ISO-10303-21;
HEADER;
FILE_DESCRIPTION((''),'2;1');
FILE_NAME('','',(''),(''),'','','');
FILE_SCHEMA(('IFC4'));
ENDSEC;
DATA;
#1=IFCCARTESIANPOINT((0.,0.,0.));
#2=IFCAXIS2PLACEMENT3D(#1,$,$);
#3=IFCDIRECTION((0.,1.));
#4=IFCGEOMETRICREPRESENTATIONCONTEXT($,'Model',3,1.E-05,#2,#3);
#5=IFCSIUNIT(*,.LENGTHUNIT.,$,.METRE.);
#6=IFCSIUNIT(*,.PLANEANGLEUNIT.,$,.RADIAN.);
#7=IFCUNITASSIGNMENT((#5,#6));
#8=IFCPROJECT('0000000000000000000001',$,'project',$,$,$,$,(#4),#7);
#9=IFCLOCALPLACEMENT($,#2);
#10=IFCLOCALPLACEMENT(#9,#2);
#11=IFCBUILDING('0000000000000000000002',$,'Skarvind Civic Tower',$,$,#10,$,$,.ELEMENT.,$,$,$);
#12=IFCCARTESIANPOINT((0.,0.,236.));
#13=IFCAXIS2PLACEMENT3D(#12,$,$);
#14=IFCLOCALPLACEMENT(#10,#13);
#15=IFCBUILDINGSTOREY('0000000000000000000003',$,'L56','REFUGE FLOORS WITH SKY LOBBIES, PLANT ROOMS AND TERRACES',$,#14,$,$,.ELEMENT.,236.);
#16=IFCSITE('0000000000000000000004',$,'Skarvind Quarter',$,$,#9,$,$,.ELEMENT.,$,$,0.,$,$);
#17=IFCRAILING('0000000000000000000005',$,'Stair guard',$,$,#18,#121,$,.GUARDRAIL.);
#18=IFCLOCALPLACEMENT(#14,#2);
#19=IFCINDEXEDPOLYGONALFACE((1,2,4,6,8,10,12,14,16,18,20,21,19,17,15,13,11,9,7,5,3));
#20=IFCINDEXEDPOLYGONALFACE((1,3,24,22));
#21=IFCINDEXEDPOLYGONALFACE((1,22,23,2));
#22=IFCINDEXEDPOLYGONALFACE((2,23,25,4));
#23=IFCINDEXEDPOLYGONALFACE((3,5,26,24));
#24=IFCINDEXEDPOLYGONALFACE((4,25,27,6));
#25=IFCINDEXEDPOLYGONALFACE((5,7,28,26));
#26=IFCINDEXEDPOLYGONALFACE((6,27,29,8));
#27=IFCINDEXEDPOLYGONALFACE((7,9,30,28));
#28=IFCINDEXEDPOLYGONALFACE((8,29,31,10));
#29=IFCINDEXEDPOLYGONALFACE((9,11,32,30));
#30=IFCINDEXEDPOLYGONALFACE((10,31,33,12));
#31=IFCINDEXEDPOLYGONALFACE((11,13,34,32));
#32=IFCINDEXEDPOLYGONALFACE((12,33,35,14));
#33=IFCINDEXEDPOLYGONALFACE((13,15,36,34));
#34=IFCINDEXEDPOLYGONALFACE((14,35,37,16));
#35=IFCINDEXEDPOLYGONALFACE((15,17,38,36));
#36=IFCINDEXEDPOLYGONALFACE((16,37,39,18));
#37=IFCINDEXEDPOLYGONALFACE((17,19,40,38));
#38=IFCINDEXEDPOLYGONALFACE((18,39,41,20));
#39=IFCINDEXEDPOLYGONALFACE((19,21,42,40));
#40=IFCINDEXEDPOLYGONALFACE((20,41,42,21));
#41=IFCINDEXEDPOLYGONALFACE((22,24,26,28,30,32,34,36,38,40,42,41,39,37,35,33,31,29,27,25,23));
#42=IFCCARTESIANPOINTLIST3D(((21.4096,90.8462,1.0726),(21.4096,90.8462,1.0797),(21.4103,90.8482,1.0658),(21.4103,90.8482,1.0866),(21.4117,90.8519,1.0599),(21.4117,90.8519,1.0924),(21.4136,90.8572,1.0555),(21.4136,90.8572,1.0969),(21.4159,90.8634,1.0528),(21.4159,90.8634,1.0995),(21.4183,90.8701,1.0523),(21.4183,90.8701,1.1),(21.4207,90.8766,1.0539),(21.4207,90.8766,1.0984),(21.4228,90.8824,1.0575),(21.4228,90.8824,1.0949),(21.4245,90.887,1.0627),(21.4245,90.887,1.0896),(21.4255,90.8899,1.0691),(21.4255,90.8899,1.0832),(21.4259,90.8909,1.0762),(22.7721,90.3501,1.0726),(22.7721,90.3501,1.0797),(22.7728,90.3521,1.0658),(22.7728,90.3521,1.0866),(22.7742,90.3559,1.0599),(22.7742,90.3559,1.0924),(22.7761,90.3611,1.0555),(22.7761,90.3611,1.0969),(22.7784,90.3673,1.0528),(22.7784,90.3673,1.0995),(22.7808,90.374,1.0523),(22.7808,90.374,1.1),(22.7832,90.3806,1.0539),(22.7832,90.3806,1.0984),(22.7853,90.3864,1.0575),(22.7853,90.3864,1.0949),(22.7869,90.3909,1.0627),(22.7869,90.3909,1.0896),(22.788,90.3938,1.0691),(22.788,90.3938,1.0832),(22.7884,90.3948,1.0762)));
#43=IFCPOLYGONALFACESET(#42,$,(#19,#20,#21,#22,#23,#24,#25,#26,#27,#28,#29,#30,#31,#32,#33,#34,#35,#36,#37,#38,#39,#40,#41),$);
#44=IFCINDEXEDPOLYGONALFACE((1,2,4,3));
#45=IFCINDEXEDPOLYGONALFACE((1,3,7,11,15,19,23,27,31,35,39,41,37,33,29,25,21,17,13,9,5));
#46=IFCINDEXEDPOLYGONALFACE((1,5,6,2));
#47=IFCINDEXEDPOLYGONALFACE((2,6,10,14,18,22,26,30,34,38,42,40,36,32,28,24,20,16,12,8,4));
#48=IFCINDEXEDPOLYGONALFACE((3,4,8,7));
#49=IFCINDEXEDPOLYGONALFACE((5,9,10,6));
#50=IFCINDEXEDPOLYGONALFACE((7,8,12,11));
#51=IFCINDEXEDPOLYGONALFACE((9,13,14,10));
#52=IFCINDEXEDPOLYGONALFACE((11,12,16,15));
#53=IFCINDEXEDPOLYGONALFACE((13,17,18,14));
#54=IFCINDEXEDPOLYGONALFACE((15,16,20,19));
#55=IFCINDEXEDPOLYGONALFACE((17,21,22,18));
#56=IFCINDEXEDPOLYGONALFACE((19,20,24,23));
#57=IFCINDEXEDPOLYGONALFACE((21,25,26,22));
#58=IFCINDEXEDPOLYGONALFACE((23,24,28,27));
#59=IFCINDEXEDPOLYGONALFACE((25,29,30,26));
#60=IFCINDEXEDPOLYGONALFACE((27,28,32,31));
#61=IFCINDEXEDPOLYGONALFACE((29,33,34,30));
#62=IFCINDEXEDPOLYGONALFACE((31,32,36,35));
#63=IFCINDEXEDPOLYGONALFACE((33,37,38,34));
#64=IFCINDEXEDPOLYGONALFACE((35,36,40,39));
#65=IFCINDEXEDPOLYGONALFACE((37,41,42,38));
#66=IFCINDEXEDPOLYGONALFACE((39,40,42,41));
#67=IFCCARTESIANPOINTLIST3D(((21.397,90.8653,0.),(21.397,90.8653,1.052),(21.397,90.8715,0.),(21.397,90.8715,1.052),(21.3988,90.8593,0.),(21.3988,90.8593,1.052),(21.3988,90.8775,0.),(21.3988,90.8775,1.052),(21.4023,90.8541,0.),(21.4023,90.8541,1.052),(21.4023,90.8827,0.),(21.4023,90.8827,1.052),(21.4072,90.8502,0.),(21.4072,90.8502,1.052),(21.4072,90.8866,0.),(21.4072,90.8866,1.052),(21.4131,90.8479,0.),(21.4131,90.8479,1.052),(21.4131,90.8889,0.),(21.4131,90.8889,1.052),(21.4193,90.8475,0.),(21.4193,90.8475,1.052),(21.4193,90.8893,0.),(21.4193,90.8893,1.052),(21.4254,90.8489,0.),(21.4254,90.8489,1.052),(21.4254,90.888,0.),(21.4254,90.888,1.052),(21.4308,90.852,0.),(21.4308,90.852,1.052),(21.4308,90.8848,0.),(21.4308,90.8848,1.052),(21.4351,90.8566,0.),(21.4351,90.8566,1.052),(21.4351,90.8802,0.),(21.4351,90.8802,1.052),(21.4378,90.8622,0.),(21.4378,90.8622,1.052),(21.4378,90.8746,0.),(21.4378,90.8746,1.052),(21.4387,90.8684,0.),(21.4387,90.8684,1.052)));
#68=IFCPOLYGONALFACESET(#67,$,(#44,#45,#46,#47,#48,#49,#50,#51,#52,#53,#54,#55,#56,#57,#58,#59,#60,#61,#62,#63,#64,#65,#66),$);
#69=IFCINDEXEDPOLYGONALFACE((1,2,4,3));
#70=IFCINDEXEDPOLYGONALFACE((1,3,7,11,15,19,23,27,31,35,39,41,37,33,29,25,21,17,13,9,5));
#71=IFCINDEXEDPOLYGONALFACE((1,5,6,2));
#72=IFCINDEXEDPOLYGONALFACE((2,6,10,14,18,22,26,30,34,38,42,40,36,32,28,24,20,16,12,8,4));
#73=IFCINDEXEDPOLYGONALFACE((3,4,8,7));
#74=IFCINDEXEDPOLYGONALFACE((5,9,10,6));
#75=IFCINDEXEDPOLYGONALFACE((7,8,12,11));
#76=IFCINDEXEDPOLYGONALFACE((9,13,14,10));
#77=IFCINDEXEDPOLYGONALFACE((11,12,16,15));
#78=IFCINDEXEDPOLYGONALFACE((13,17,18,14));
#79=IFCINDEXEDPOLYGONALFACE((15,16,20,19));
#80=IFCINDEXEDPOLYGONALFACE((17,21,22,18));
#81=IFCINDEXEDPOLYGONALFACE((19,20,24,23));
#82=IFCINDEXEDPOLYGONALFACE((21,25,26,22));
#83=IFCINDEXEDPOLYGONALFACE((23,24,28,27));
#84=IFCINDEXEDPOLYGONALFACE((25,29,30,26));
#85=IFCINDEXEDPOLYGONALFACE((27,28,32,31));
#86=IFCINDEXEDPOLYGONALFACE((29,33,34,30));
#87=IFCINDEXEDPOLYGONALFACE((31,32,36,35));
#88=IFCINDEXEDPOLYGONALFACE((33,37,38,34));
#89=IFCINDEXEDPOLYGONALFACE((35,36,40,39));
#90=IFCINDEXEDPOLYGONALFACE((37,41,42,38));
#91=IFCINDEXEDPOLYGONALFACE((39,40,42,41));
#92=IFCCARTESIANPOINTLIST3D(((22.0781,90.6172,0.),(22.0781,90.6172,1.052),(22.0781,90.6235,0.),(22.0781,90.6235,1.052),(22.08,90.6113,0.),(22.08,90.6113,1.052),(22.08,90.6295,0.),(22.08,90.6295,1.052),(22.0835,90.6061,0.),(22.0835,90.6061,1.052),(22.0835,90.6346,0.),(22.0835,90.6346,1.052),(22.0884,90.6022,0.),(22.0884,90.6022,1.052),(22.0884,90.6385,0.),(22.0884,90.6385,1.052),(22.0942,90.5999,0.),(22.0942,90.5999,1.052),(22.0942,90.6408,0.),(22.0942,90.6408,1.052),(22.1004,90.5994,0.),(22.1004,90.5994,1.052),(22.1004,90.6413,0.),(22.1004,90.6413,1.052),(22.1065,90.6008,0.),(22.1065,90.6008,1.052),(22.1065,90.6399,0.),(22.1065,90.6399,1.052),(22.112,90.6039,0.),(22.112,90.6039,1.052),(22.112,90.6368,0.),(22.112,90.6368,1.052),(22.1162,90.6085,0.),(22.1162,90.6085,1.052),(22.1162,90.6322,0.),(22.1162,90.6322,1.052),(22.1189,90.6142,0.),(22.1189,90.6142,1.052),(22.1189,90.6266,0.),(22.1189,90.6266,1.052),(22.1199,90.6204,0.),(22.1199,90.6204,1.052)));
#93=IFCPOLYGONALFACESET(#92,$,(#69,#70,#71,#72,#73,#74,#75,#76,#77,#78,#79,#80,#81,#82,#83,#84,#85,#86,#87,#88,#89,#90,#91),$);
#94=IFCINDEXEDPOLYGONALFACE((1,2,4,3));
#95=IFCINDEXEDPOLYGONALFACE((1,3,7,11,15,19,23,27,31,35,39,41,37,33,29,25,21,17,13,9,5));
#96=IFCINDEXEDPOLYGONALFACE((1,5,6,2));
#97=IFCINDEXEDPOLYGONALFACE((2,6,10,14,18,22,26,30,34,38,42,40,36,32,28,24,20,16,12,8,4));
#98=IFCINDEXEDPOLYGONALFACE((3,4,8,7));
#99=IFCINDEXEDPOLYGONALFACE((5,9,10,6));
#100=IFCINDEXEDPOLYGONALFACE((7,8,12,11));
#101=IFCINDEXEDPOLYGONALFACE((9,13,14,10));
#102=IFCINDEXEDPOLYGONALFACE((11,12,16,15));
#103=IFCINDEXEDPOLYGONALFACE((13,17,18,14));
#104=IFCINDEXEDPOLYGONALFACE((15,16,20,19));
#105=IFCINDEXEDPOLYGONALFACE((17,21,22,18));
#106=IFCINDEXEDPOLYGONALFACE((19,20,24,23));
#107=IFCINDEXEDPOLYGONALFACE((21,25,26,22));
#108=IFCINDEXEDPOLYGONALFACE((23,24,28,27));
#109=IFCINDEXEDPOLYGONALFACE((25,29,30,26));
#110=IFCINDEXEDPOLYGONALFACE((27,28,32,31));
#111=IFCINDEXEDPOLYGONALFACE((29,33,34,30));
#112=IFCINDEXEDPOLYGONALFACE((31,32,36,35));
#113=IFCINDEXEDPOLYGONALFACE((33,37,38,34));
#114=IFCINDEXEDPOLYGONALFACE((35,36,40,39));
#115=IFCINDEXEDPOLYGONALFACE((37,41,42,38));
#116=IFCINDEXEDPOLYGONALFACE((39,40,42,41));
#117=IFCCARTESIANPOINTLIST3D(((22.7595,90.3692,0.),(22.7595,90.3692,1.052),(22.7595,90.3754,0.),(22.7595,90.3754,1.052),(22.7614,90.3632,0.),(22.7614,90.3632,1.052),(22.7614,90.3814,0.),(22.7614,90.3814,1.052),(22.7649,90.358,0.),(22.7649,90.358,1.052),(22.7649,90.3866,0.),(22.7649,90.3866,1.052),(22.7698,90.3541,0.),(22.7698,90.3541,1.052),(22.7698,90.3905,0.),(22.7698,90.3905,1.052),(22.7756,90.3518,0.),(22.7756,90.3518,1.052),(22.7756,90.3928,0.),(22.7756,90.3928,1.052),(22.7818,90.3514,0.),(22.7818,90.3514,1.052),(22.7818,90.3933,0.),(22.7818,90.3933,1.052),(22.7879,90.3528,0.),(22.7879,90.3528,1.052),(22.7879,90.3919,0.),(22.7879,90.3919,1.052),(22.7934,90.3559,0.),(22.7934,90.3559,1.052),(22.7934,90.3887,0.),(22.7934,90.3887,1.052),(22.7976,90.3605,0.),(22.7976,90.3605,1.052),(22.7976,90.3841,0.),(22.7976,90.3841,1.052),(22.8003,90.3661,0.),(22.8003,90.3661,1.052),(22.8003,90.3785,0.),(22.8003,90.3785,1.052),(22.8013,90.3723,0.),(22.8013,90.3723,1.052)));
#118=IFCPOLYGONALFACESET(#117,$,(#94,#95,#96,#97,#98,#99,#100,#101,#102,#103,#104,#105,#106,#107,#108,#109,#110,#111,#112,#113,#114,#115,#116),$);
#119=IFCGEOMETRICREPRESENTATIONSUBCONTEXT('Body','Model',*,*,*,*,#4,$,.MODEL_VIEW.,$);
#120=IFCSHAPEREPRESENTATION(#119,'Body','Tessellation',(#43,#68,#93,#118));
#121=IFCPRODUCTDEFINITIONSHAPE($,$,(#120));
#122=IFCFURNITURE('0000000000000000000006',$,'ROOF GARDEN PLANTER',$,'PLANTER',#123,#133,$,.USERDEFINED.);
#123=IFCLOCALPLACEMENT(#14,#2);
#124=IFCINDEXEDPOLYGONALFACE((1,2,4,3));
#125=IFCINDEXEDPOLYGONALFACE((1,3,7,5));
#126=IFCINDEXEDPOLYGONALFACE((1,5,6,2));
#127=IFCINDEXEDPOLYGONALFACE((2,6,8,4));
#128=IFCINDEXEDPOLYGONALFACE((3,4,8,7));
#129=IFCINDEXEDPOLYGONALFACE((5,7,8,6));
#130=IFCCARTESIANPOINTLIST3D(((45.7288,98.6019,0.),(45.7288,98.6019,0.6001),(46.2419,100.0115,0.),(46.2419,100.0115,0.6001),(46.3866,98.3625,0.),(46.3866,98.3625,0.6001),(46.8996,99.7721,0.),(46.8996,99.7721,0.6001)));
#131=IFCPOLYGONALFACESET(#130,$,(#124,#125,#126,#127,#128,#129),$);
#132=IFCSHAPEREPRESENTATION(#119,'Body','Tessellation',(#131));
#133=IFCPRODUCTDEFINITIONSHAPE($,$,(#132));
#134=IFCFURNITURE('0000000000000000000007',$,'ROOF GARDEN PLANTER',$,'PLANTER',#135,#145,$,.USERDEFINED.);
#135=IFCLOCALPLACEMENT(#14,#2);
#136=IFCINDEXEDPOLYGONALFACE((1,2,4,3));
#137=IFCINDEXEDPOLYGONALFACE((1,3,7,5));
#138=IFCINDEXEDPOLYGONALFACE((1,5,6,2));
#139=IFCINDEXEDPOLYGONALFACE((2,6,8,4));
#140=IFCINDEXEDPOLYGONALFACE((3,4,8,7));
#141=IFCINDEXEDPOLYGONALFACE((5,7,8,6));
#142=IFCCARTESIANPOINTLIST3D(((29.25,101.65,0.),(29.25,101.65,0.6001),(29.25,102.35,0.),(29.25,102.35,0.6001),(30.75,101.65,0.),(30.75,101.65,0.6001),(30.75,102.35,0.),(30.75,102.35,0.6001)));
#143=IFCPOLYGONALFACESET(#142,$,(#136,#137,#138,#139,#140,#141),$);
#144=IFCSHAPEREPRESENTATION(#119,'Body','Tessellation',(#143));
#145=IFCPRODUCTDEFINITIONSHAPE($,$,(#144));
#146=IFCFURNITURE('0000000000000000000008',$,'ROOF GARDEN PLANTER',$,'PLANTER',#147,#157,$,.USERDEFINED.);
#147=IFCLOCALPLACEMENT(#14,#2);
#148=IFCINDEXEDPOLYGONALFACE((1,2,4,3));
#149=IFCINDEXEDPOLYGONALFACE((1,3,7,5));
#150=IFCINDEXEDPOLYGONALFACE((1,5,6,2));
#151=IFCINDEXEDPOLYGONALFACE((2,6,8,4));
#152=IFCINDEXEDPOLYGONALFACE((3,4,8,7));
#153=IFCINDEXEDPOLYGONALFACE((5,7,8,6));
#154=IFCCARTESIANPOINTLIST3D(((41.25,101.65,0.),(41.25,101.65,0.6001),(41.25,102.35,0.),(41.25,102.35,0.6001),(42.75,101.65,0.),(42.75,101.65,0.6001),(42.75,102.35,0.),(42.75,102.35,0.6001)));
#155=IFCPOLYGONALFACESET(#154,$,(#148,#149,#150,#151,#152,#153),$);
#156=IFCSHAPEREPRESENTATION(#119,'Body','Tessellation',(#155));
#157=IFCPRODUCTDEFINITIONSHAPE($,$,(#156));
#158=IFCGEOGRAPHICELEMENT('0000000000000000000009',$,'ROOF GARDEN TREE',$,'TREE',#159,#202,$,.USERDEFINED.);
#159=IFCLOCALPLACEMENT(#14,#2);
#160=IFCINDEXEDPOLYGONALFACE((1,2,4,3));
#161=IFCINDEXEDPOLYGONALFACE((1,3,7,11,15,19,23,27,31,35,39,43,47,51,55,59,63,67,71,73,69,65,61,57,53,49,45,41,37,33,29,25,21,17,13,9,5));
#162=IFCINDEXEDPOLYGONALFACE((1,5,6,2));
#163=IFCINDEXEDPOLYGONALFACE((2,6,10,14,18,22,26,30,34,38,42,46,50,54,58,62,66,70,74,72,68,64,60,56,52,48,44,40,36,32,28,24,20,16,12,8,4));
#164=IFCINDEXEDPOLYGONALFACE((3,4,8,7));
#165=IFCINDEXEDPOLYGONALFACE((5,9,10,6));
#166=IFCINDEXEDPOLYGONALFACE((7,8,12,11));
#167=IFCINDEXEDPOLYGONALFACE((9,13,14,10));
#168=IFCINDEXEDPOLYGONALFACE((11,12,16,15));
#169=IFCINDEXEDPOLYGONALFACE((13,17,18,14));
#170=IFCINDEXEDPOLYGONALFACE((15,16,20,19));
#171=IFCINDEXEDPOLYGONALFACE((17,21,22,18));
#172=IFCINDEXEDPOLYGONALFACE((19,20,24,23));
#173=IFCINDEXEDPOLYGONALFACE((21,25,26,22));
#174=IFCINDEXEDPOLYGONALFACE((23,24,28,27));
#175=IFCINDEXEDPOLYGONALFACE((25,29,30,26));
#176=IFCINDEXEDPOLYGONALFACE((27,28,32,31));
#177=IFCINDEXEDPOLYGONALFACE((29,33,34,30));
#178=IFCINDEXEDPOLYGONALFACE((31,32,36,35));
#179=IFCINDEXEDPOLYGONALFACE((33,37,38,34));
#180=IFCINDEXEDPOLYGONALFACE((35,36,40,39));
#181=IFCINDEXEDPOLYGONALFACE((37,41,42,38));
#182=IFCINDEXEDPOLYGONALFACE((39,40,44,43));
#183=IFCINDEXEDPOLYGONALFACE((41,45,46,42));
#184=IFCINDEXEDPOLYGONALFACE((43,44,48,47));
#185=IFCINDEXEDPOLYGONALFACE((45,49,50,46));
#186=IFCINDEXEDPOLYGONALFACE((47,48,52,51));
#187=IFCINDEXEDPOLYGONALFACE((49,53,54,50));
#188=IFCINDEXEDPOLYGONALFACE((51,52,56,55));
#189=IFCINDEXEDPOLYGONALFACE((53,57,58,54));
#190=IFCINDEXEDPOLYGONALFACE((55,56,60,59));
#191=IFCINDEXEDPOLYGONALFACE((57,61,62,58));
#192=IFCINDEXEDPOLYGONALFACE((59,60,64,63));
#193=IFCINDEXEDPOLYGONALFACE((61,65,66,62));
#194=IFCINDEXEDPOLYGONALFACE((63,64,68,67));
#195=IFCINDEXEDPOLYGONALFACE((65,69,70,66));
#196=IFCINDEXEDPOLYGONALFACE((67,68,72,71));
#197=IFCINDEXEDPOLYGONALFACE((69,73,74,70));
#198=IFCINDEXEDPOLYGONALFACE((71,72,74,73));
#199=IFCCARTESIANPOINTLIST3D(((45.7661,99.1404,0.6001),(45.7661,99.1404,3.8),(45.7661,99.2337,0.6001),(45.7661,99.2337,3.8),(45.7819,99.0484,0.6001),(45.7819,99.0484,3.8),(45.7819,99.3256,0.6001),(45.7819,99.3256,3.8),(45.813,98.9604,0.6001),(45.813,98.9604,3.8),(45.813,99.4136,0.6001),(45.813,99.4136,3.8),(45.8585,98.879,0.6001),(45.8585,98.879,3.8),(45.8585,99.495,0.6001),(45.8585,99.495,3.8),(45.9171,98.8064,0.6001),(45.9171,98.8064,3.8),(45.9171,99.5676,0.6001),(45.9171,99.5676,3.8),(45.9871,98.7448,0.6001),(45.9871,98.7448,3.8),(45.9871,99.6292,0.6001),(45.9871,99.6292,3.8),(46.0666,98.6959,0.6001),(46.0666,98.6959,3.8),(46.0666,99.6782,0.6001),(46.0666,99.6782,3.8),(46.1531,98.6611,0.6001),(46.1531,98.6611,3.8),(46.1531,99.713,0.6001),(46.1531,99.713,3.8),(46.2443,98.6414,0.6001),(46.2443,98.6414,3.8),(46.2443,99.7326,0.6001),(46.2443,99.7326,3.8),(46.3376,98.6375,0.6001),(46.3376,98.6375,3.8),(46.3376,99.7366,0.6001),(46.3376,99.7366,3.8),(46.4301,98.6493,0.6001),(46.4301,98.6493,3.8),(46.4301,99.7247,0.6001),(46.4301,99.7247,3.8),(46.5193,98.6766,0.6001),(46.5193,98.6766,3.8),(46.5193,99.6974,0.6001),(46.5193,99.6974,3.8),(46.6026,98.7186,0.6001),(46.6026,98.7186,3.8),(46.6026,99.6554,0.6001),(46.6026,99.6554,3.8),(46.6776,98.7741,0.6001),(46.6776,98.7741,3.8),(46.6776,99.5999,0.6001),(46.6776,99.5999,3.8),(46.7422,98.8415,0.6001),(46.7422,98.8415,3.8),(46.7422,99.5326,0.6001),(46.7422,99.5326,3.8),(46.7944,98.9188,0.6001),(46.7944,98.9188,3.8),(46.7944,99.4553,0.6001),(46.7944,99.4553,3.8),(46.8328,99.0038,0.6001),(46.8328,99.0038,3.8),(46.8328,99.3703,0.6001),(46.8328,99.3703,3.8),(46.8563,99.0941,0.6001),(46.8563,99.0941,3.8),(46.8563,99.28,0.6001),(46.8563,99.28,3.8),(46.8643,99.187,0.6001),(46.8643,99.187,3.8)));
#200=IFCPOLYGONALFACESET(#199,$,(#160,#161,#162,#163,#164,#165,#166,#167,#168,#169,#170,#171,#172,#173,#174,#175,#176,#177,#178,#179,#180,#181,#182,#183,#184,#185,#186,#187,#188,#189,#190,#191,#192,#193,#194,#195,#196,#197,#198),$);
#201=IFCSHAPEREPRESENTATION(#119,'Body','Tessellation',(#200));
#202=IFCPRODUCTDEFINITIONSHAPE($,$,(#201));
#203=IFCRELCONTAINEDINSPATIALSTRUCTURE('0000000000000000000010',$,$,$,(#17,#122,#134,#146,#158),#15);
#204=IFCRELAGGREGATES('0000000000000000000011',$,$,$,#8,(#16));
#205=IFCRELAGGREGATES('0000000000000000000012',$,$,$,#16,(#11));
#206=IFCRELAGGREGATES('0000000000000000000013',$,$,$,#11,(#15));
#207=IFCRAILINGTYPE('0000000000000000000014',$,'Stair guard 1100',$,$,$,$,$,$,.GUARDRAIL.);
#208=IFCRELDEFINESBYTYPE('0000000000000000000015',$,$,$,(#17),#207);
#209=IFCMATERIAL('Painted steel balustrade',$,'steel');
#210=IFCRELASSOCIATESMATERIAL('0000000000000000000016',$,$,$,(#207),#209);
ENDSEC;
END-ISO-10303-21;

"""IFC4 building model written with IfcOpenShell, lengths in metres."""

from ifc_helpers import new_model, si_unit, direction, frame, origin, origin_2d, place, context, subcontext, project, spatial, rectangle, circle, extrude, material, type_object, element, save


model = new_model("IFC4")

# Units and contexts
model_context = context("Model", 3, precision=1e-05, world=origin(), true_north=direction((0.0, 1.0)))
body_context = subcontext(model_context, "Body", "Model", "MODEL_VIEW")
ifc_project = project(units=[si_unit("LENGTHUNIT", "METRE"), si_unit("PLANEANGLEUNIT", "RADIAN")], contexts=[model_context])

# Site, building, storey
site_placement = place(None, origin())
site = spatial("IfcSite", under=ifc_project, at=site_placement, Name="Skarvind Quarter", CompositionType="ELEMENT", RefElevation=0.0)
building_placement = place(site_placement, origin())
building = spatial("IfcBuilding", under=site, at=building_placement, Name="Skarvind Civic Tower", CompositionType="ELEMENT")
storey_placement = place(building_placement, frame((0.0, 0.0, 236.0)))
storey = spatial("IfcBuildingStorey", under=building, at=storey_placement, Name="L56", Description="REFUGE FLOORS WITH SKY LOBBIES, PLANT ROOMS AND TERRACES", CompositionType="ELEMENT", Elevation=236.0)

# Railing
ifc_material_1 = material(Name="Painted steel balustrade", Category="steel")
railing_type_1 = type_object("IfcRailingType", Name="Stair guard 1100", PredefinedType="GUARDRAIL", material=ifc_material_1)
railing_1_placement = place(storey_placement, frame((21.4177, 90.8684, 0.0)))
element("IfcRailing", 1, at=railing_1_placement, inside=storey, type_object=railing_type_1, Name="Stair guard", PredefinedType="GUARDRAIL", context=body_context, shape_type="SweptSolid", body=[
    extrude(circle(Radius=0.0239, at=origin_2d()), frame((0.0, 0.0, 1.0762), z_axis=(0.939656, -0.342122, 0.0), x_axis=(0.342122, 0.939656, 0.0)), (0.0, 0.0, 1.0), 1.45),
    extrude(circle(Radius=0.021, at=origin_2d()), origin(), (0.0, 0.0, 1.0), 1.052),
    extrude(circle(Radius=0.021, at=origin_2d()), frame((0.6812, -0.248, 0.0)), (0.0, 0.0, 1.0), 1.052),
    extrude(circle(Radius=0.021, at=origin_2d()), frame((1.3625, -0.4961, 0.0)), (0.0, 0.0, 1.0), 1.052),
])

# Furniture
for number, where, z_axis, x_axis, name in (
    (2, (46.3142, 99.187, 0.0), (0.0, 0.0, 1.0), (-0.34202, -0.939693, 0.0), "ROOF GARDEN PLANTER"),
    (3, (30.0, 102.0, 0.0), (0.0, 0.0, 1.0), (1.0, 0.0, 0.0), "ROOF GARDEN PLANTER"),
    (4, (42.0, 102.0, 0.0), (0.0, 0.0, 1.0), (1.0, 0.0, 0.0), "ROOF GARDEN PLANTER"),
):
    element("IfcFurniture", number, at=place(storey_placement, frame(where, z_axis=z_axis, x_axis=x_axis)), inside=storey, Name=name, ObjectType="PLANTER", PredefinedType="USERDEFINED", context=body_context, shape_type="SweptSolid", body=[
        extrude(rectangle(XDim=1.5, YDim=0.7, at=origin_2d()), origin(), (0.0, 0.0, 1.0), 0.6001),
    ])

# Geographic element
for number, where, z_axis, x_axis, name in (
    (5, (46.3142, 99.187, 0.6001), (0.0, 0.0, 1.0), (1.0, 0.0, 0.0), "ROOF GARDEN TREE"),
):
    element("IfcGeographicElement", number, at=place(storey_placement, frame(where, z_axis=z_axis, x_axis=x_axis)), inside=storey, Name=name, ObjectType="TREE", PredefinedType="USERDEFINED", context=body_context, shape_type="SweptSolid", body=[
        extrude(circle(Radius=0.55, at=origin_2d()), origin(), (0.0, 0.0, 1.0), 3.2),
    ])

save(model, "model.ifc")
